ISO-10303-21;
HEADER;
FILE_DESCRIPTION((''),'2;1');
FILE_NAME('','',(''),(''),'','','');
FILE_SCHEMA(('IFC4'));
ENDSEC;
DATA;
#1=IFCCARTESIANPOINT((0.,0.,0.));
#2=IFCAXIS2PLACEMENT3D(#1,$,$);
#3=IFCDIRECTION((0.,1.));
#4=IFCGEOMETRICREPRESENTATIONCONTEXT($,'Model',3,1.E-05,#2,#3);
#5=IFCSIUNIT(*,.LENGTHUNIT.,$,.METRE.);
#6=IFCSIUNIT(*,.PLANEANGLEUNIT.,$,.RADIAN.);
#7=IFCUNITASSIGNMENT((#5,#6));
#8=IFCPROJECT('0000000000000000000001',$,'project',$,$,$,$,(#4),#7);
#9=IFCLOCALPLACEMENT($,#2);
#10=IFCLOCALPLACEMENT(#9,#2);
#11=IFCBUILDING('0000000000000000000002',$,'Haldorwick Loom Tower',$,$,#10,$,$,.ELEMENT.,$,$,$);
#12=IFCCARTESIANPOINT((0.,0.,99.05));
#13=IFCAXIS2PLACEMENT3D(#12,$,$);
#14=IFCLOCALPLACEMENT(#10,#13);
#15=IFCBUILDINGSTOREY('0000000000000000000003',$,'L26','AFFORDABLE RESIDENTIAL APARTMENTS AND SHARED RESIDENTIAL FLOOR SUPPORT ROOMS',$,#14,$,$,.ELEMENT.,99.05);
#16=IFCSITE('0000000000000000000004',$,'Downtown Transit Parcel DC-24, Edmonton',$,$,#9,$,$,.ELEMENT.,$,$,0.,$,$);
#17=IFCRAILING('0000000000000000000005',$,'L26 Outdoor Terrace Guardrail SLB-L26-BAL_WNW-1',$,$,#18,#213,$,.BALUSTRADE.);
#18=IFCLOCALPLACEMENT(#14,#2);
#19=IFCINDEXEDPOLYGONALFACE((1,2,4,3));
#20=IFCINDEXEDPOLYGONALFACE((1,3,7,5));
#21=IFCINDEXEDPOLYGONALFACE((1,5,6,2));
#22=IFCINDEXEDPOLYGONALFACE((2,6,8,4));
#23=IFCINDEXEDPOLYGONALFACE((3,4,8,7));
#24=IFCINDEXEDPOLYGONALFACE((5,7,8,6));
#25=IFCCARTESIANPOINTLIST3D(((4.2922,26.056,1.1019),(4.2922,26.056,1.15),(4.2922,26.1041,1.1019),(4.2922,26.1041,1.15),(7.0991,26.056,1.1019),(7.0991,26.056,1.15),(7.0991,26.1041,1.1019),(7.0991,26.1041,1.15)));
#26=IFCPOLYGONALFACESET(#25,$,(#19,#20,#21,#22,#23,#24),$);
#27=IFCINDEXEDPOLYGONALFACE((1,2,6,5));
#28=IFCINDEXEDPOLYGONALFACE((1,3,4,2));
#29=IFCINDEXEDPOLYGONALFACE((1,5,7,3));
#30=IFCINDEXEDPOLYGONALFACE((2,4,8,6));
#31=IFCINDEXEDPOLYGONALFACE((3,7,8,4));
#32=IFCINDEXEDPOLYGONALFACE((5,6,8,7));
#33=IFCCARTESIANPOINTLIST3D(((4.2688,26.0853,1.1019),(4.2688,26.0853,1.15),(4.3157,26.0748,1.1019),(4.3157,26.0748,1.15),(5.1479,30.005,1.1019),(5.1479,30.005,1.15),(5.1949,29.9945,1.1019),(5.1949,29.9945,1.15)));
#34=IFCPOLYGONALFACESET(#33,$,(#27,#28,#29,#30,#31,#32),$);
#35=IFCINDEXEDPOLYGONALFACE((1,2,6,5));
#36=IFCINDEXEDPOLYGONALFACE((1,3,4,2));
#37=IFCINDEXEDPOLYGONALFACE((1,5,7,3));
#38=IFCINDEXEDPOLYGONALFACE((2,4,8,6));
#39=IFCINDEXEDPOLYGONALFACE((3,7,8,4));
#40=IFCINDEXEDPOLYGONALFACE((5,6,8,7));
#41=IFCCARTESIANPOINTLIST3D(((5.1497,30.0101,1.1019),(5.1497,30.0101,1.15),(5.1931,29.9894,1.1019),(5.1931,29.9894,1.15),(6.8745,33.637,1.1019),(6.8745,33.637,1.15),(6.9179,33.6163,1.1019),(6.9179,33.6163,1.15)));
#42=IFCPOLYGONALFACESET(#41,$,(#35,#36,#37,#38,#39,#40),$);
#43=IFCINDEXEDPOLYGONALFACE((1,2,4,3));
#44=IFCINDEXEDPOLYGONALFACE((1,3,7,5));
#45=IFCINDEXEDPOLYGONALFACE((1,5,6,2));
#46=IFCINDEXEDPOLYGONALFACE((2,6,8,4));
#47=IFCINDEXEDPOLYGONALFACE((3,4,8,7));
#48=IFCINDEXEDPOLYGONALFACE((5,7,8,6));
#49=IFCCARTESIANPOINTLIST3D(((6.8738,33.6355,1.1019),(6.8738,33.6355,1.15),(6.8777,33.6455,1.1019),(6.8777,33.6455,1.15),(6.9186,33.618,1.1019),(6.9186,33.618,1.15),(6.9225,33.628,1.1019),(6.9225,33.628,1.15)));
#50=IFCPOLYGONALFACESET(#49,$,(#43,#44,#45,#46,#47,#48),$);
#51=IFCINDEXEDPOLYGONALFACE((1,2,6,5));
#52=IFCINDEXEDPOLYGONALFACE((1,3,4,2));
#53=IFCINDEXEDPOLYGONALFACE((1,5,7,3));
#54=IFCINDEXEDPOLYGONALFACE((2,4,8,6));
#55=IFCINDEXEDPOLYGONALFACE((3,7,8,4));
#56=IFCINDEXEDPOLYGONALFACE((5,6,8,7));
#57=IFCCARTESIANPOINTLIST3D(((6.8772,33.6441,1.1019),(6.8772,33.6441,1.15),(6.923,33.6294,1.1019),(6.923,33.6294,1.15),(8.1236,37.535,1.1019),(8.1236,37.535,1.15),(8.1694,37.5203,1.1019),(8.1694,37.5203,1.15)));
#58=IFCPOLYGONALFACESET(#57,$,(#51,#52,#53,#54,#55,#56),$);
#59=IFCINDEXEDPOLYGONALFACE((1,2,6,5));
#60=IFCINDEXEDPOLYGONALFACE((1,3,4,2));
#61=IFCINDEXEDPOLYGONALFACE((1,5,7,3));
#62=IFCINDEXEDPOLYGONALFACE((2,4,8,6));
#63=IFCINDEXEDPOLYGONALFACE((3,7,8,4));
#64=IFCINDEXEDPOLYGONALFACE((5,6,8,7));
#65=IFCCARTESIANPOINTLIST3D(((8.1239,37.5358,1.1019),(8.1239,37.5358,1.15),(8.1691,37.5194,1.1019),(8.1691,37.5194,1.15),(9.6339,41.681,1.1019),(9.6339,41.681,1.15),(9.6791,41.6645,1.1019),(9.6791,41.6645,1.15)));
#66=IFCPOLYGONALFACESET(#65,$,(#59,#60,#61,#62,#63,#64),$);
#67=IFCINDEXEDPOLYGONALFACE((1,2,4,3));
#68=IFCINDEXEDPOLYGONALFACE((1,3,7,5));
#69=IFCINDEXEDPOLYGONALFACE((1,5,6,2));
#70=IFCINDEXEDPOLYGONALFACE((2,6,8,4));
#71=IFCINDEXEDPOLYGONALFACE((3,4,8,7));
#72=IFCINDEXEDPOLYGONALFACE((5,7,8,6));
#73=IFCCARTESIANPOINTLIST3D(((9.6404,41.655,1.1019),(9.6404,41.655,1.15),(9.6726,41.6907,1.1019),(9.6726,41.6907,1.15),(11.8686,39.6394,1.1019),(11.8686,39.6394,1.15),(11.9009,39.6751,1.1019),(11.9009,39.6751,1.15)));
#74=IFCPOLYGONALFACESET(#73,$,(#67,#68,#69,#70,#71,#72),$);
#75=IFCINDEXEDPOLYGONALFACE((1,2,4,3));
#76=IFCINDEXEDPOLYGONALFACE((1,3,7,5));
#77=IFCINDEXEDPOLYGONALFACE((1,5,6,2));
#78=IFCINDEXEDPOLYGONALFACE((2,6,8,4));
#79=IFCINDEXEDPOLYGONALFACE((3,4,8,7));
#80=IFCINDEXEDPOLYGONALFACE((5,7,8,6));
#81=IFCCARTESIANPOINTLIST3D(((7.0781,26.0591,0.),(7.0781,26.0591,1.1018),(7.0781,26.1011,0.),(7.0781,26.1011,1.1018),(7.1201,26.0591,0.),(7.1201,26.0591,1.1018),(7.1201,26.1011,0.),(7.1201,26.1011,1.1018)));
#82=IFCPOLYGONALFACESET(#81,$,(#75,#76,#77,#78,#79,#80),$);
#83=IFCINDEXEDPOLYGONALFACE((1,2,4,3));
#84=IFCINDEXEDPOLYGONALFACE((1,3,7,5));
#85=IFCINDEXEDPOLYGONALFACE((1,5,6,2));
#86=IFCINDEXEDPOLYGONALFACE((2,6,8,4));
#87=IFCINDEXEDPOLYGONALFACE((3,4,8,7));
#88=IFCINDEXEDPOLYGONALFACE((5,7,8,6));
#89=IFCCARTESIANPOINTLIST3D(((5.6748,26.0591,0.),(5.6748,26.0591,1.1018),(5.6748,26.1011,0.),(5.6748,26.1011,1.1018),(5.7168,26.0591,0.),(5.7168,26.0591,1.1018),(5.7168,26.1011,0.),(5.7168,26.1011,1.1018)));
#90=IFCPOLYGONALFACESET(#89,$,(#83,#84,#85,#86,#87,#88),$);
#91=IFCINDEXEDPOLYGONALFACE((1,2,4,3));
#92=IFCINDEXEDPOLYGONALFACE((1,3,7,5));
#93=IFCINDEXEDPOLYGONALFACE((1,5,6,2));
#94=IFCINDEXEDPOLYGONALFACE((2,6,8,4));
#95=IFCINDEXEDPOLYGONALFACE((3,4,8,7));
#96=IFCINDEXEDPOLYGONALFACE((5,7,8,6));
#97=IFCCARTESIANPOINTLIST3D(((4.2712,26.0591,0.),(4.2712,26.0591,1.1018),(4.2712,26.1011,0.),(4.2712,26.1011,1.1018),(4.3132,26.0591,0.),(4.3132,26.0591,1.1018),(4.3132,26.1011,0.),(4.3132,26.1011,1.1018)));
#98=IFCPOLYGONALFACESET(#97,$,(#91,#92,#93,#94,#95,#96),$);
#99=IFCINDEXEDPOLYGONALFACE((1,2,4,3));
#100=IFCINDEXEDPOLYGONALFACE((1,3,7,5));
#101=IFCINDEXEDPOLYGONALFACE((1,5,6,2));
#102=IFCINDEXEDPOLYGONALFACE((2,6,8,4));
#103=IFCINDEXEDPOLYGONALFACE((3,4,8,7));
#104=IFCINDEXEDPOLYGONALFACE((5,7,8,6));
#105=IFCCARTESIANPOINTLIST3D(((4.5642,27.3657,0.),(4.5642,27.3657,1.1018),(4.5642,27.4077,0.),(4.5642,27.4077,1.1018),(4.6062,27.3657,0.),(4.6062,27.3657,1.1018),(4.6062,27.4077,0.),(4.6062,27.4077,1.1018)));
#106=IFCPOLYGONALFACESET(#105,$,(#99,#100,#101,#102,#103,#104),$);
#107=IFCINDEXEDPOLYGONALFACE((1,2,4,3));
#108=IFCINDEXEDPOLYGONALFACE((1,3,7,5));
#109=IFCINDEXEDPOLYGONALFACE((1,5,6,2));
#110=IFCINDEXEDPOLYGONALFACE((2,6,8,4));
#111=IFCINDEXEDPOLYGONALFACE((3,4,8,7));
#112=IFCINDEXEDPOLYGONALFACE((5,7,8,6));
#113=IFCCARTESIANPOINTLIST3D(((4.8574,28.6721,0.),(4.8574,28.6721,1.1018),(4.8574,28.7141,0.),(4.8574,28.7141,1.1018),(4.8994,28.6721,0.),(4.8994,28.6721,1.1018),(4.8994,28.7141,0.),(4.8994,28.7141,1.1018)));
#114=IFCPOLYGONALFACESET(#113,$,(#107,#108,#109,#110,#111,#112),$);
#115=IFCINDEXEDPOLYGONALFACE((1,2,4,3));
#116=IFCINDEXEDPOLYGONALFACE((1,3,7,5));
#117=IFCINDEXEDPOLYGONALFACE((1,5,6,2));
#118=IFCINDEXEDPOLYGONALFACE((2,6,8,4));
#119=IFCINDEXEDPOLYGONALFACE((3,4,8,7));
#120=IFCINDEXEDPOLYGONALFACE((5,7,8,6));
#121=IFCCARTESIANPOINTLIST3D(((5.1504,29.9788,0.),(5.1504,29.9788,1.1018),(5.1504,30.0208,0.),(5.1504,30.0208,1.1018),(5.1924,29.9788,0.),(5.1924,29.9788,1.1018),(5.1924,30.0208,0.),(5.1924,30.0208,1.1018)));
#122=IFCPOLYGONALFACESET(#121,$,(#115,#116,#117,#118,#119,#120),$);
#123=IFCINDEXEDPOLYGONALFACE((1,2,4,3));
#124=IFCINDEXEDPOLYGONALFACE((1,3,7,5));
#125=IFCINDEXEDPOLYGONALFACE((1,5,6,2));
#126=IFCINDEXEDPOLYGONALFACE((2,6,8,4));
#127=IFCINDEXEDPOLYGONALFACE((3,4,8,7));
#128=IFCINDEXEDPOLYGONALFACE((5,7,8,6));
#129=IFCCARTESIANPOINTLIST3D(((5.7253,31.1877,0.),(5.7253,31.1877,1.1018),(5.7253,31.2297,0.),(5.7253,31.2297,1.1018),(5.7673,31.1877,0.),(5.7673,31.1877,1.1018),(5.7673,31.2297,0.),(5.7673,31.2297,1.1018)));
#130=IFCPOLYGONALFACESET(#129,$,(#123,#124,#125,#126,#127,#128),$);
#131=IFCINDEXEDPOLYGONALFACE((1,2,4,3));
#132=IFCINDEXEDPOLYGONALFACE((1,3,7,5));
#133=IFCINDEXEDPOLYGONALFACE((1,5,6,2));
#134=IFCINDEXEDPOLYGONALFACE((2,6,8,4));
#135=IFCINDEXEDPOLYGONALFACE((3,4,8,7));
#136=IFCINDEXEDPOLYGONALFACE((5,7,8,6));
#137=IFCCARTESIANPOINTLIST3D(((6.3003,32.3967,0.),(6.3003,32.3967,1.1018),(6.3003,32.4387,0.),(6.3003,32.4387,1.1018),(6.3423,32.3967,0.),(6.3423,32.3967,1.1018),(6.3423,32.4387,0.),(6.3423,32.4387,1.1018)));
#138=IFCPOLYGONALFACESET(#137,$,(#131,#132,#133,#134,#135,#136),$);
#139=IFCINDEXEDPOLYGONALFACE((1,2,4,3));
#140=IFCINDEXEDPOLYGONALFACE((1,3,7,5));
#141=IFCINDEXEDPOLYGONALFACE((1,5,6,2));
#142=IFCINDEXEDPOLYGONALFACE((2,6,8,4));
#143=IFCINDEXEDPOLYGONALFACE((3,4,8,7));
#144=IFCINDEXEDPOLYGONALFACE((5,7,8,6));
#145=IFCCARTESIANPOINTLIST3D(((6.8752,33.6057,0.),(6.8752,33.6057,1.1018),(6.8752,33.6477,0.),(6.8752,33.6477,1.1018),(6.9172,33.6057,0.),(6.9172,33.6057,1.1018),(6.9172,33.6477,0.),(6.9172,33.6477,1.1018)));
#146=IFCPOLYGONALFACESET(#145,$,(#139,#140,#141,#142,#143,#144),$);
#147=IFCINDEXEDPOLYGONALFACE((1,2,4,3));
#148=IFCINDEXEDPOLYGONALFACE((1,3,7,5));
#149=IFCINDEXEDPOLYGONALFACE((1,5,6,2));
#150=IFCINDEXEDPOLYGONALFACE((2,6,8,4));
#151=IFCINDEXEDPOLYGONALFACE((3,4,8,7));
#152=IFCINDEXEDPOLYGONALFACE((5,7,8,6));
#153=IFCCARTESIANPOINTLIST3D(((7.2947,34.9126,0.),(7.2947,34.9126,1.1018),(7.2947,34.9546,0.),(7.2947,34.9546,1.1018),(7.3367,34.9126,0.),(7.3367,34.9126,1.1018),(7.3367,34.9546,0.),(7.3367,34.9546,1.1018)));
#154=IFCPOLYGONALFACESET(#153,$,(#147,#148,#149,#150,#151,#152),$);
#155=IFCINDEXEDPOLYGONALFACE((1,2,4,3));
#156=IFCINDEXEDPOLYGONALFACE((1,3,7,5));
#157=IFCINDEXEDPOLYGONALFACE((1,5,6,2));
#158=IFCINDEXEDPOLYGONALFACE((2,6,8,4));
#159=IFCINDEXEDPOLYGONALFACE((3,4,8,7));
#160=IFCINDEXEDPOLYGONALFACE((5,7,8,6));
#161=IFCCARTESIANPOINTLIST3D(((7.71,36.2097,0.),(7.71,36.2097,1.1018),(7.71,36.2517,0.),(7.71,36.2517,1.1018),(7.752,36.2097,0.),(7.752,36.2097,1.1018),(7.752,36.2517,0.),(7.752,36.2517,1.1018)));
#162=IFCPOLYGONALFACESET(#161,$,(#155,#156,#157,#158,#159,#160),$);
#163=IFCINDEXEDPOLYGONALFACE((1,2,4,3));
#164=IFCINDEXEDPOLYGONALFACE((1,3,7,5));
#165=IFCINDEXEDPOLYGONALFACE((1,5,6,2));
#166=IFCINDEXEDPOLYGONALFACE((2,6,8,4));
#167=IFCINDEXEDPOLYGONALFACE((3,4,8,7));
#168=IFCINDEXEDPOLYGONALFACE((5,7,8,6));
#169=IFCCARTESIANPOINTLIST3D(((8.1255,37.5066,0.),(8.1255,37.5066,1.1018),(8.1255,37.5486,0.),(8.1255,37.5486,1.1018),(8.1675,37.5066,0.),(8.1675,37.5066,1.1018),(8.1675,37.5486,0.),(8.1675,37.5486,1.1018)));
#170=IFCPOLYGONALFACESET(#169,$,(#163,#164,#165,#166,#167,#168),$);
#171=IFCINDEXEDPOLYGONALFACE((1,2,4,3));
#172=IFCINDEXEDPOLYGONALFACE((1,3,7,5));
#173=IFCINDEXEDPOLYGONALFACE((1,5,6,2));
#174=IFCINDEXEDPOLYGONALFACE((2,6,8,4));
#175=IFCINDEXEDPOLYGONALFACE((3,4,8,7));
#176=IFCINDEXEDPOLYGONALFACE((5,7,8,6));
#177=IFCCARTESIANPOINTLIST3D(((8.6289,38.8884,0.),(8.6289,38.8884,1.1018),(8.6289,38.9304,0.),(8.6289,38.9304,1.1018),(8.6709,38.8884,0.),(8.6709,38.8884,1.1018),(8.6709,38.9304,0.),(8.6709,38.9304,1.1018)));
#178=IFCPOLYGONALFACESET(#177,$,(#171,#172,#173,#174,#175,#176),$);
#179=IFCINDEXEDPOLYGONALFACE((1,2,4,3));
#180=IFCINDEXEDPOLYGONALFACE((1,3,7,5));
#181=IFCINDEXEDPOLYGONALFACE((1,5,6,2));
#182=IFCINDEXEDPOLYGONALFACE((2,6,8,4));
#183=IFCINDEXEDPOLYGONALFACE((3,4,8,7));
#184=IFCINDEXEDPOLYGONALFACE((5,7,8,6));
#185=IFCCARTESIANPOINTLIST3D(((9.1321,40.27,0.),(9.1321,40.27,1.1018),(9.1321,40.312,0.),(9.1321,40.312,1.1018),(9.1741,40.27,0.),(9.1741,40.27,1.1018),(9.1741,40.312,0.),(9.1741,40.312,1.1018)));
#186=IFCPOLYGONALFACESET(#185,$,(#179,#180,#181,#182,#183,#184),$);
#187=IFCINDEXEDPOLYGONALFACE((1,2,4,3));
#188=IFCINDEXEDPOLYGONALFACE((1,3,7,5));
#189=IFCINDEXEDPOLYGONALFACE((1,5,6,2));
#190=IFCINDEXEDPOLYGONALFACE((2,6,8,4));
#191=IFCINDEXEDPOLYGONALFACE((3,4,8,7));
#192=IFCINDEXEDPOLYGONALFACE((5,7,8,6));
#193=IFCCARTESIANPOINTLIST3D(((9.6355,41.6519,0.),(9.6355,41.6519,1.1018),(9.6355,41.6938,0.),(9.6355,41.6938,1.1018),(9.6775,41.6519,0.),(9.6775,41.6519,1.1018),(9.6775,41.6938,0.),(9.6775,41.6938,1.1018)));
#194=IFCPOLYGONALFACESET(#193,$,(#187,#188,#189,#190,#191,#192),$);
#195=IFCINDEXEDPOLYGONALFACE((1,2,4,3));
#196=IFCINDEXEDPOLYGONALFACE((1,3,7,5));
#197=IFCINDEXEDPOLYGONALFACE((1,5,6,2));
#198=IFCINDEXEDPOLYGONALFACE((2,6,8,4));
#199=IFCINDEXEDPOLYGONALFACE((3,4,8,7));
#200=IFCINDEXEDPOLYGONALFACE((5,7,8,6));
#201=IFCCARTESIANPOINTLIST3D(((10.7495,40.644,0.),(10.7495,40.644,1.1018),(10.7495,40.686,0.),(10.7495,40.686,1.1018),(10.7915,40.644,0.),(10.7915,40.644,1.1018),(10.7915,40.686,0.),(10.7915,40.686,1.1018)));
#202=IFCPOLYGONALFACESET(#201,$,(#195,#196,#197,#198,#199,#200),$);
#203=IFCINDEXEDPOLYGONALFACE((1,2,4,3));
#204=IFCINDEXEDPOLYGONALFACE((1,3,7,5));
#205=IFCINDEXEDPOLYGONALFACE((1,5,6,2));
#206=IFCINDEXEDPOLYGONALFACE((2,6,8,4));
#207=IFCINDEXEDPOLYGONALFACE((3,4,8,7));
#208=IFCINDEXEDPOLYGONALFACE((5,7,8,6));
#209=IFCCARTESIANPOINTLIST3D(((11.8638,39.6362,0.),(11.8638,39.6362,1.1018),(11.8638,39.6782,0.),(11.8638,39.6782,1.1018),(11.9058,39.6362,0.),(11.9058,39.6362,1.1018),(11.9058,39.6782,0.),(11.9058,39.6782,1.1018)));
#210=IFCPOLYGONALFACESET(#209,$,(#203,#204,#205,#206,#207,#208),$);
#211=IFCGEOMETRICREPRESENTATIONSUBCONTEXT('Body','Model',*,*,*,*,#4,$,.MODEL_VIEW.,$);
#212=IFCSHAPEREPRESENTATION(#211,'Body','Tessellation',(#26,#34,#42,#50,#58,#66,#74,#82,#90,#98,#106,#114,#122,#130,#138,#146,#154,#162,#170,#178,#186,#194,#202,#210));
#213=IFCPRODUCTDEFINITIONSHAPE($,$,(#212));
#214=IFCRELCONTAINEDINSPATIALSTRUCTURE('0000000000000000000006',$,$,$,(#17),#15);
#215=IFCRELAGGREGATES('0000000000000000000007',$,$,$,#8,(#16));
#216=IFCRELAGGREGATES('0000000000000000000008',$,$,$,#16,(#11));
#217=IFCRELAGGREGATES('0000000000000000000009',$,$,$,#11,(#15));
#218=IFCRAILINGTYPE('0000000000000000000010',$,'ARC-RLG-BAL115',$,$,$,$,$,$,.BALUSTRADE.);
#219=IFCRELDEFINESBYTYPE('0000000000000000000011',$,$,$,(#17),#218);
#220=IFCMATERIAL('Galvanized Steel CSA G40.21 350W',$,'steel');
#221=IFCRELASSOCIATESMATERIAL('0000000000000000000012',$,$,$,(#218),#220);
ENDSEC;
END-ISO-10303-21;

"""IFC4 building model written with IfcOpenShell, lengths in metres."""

from ifc_helpers import new_model, si_unit, direction, frame, origin, origin_2d, place, context, subcontext, project, spatial, rectangle, extrude, material, type_object, element, save


model = new_model("IFC4")

# Units and contexts
model_context = context("Model", 3, precision=1e-05, world=origin(), true_north=direction((0.0, 1.0)))
body_context = subcontext(model_context, "Body", "Model", "MODEL_VIEW")
ifc_project = project(units=[si_unit("LENGTHUNIT", "METRE"), si_unit("PLANEANGLEUNIT", "RADIAN")], contexts=[model_context])

# Site, building, storey
site_placement = place(None, origin())
site = spatial("IfcSite", under=ifc_project, at=site_placement, Name="Downtown Transit Parcel DC-24, Edmonton", CompositionType="ELEMENT", RefElevation=0.0)
building_placement = place(site_placement, origin())
building = spatial("IfcBuilding", under=site, at=building_placement, Name="Haldorwick Loom Tower", CompositionType="ELEMENT")
storey_placement = place(building_placement, frame((0.0, 0.0, 99.05)))
storey = spatial("IfcBuildingStorey", under=building, at=storey_placement, Name="L26", Description="AFFORDABLE RESIDENTIAL APARTMENTS AND SHARED RESIDENTIAL FLOOR SUPPORT ROOMS", CompositionType="ELEMENT", Elevation=99.05)

# Railing
ifc_material_1 = material(Name="Galvanized Steel CSA G40.21 350W", Category="steel")
railing_type = type_object("IfcRailingType", Name="ARC-RLG-BAL115", PredefinedType="BALUSTRADE", material=ifc_material_1)
railing_placement = place(storey_placement, frame((7.0991, 26.0801, 0.0)))
element("IfcRailing", 1, at=railing_placement, inside=storey, type_object=railing_type, Name="L26 Outdoor Terrace Guardrail SLB-L26-BAL_WNW-1", PredefinedType="BALUSTRADE", context=body_context, shape_type="SweptSolid", body=[
    extrude(rectangle(XDim=0.0481, YDim=0.0481, at=origin_2d()), frame((0.0, 0.0, 1.126), z_axis=(-1.0, 0.0, 0.0), x_axis=(0.0, -1.0, 0.0)), (0.0, 0.0, 1.0), 2.8069),
    extrude(rectangle(XDim=0.0481, YDim=0.0481, at=origin_2d()), frame((-2.8069, 0.0, 1.126), z_axis=(0.218854, 0.975758, 0.0), x_axis=(-0.975758, 0.218854, 0.0)), (0.0, 0.0, 1.0), 4.0171),
    extrude(rectangle(XDim=0.0481, YDim=0.0481, at=origin_2d()), frame((-1.9277, 3.9197, 1.126), z_axis=(0.429473, 0.90308, 0.0), x_axis=(-0.90308, 0.429473, 0.0)), (0.0, 0.0, 1.0), 4.0161),
    extrude(rectangle(XDim=0.0481, YDim=0.0481, at=origin_2d()), frame((-0.2029, 7.5466, 1.126), z_axis=(0.363542, 0.931578, 0.0), x_axis=(-0.931578, 0.363542, 0.0)), (0.0, 0.0, 1.0), 0.0107),
    extrude(rectangle(XDim=0.0481, YDim=0.0481, at=origin_2d()), frame((-0.199, 7.5566, 1.126), z_axis=(0.305055, 0.952335, 0.0), x_axis=(-0.952335, 0.305055, 0.0)), (0.0, 0.0, 1.0), 4.0857),
    extrude(rectangle(XDim=0.0481, YDim=0.0481, at=origin_2d()), frame((1.0474, 11.4475, 1.126), z_axis=(0.342272, 0.939601, 0.0), x_axis=(-0.939601, 0.342272, 0.0)), (0.0, 0.0, 1.0), 4.4116),
    extrude(rectangle(XDim=0.0481, YDim=0.0481, at=origin_2d()), frame((2.5574, 15.5928, 1.126), z_axis=(0.741607, -0.670835, 0.0), x_axis=(0.670835, 0.741607, 0.0)), (0.0, 0.0, 1.0), 3.0046),
    extrude(rectangle(XDim=0.042, YDim=0.042, at=origin_2d()), origin(), (0.0, 0.0, 1.0), 1.1018),
    extrude(rectangle(XDim=0.042, YDim=0.042, at=origin_2d()), frame((-1.4033, 0.0, 0.0)), (0.0, 0.0, 1.0), 1.1018),
    extrude(rectangle(XDim=0.042, YDim=0.042, at=origin_2d()), frame((-2.8069, 0.0, 0.0)), (0.0, 0.0, 1.0), 1.1018),
    extrude(rectangle(XDim=0.042, YDim=0.042, at=origin_2d()), frame((-2.5139, 1.3066, 0.0)), (0.0, 0.0, 1.0), 1.1018),
    extrude(rectangle(XDim=0.042, YDim=0.042, at=origin_2d()), frame((-2.2207, 2.613, 0.0)), (0.0, 0.0, 1.0), 1.1018),
    extrude(rectangle(XDim=0.042, YDim=0.042, at=origin_2d()), frame((-1.9277, 3.9197, 0.0)), (0.0, 0.0, 1.0), 1.1018),
    extrude(rectangle(XDim=0.042, YDim=0.042, at=origin_2d()), frame((-1.3528, 5.1287, 0.0)), (0.0, 0.0, 1.0), 1.1018),
    extrude(rectangle(XDim=0.042, YDim=0.042, at=origin_2d()), frame((-0.7778, 6.3376, 0.0)), (0.0, 0.0, 1.0), 1.1018),
    extrude(rectangle(XDim=0.042, YDim=0.042, at=origin_2d()), frame((-0.2029, 7.5466, 0.0)), (0.0, 0.0, 1.0), 1.1018),
    extrude(rectangle(XDim=0.042, YDim=0.042, at=origin_2d()), frame((0.2166, 8.8535, 0.0)), (0.0, 0.0, 1.0), 1.1018),
    extrude(rectangle(XDim=0.042, YDim=0.042, at=origin_2d()), frame((0.6318, 10.1506, 0.0)), (0.0, 0.0, 1.0), 1.1018),
    extrude(rectangle(XDim=0.042, YDim=0.042, at=origin_2d()), frame((1.0474, 11.4475, 0.0)), (0.0, 0.0, 1.0), 1.1018),
    extrude(rectangle(XDim=0.042, YDim=0.042, at=origin_2d()), frame((1.5508, 12.8293, 0.0)), (0.0, 0.0, 1.0), 1.1018),
    extrude(rectangle(XDim=0.042, YDim=0.042, at=origin_2d()), frame((2.054, 14.2109, 0.0)), (0.0, 0.0, 1.0), 1.1018),
    extrude(rectangle(XDim=0.042, YDim=0.042, at=origin_2d()), frame((2.5574, 15.5928, 0.0)), (0.0, 0.0, 1.0), 1.1018),
    extrude(rectangle(XDim=0.042, YDim=0.042, at=origin_2d()), frame((3.6714, 14.585, 0.0)), (0.0, 0.0, 1.0), 1.1018),
    extrude(rectangle(XDim=0.042, YDim=0.042, at=origin_2d()), frame((4.7856, 13.5771, 0.0)), (0.0, 0.0, 1.0), 1.1018),
])

save(model, "model.ifc")
